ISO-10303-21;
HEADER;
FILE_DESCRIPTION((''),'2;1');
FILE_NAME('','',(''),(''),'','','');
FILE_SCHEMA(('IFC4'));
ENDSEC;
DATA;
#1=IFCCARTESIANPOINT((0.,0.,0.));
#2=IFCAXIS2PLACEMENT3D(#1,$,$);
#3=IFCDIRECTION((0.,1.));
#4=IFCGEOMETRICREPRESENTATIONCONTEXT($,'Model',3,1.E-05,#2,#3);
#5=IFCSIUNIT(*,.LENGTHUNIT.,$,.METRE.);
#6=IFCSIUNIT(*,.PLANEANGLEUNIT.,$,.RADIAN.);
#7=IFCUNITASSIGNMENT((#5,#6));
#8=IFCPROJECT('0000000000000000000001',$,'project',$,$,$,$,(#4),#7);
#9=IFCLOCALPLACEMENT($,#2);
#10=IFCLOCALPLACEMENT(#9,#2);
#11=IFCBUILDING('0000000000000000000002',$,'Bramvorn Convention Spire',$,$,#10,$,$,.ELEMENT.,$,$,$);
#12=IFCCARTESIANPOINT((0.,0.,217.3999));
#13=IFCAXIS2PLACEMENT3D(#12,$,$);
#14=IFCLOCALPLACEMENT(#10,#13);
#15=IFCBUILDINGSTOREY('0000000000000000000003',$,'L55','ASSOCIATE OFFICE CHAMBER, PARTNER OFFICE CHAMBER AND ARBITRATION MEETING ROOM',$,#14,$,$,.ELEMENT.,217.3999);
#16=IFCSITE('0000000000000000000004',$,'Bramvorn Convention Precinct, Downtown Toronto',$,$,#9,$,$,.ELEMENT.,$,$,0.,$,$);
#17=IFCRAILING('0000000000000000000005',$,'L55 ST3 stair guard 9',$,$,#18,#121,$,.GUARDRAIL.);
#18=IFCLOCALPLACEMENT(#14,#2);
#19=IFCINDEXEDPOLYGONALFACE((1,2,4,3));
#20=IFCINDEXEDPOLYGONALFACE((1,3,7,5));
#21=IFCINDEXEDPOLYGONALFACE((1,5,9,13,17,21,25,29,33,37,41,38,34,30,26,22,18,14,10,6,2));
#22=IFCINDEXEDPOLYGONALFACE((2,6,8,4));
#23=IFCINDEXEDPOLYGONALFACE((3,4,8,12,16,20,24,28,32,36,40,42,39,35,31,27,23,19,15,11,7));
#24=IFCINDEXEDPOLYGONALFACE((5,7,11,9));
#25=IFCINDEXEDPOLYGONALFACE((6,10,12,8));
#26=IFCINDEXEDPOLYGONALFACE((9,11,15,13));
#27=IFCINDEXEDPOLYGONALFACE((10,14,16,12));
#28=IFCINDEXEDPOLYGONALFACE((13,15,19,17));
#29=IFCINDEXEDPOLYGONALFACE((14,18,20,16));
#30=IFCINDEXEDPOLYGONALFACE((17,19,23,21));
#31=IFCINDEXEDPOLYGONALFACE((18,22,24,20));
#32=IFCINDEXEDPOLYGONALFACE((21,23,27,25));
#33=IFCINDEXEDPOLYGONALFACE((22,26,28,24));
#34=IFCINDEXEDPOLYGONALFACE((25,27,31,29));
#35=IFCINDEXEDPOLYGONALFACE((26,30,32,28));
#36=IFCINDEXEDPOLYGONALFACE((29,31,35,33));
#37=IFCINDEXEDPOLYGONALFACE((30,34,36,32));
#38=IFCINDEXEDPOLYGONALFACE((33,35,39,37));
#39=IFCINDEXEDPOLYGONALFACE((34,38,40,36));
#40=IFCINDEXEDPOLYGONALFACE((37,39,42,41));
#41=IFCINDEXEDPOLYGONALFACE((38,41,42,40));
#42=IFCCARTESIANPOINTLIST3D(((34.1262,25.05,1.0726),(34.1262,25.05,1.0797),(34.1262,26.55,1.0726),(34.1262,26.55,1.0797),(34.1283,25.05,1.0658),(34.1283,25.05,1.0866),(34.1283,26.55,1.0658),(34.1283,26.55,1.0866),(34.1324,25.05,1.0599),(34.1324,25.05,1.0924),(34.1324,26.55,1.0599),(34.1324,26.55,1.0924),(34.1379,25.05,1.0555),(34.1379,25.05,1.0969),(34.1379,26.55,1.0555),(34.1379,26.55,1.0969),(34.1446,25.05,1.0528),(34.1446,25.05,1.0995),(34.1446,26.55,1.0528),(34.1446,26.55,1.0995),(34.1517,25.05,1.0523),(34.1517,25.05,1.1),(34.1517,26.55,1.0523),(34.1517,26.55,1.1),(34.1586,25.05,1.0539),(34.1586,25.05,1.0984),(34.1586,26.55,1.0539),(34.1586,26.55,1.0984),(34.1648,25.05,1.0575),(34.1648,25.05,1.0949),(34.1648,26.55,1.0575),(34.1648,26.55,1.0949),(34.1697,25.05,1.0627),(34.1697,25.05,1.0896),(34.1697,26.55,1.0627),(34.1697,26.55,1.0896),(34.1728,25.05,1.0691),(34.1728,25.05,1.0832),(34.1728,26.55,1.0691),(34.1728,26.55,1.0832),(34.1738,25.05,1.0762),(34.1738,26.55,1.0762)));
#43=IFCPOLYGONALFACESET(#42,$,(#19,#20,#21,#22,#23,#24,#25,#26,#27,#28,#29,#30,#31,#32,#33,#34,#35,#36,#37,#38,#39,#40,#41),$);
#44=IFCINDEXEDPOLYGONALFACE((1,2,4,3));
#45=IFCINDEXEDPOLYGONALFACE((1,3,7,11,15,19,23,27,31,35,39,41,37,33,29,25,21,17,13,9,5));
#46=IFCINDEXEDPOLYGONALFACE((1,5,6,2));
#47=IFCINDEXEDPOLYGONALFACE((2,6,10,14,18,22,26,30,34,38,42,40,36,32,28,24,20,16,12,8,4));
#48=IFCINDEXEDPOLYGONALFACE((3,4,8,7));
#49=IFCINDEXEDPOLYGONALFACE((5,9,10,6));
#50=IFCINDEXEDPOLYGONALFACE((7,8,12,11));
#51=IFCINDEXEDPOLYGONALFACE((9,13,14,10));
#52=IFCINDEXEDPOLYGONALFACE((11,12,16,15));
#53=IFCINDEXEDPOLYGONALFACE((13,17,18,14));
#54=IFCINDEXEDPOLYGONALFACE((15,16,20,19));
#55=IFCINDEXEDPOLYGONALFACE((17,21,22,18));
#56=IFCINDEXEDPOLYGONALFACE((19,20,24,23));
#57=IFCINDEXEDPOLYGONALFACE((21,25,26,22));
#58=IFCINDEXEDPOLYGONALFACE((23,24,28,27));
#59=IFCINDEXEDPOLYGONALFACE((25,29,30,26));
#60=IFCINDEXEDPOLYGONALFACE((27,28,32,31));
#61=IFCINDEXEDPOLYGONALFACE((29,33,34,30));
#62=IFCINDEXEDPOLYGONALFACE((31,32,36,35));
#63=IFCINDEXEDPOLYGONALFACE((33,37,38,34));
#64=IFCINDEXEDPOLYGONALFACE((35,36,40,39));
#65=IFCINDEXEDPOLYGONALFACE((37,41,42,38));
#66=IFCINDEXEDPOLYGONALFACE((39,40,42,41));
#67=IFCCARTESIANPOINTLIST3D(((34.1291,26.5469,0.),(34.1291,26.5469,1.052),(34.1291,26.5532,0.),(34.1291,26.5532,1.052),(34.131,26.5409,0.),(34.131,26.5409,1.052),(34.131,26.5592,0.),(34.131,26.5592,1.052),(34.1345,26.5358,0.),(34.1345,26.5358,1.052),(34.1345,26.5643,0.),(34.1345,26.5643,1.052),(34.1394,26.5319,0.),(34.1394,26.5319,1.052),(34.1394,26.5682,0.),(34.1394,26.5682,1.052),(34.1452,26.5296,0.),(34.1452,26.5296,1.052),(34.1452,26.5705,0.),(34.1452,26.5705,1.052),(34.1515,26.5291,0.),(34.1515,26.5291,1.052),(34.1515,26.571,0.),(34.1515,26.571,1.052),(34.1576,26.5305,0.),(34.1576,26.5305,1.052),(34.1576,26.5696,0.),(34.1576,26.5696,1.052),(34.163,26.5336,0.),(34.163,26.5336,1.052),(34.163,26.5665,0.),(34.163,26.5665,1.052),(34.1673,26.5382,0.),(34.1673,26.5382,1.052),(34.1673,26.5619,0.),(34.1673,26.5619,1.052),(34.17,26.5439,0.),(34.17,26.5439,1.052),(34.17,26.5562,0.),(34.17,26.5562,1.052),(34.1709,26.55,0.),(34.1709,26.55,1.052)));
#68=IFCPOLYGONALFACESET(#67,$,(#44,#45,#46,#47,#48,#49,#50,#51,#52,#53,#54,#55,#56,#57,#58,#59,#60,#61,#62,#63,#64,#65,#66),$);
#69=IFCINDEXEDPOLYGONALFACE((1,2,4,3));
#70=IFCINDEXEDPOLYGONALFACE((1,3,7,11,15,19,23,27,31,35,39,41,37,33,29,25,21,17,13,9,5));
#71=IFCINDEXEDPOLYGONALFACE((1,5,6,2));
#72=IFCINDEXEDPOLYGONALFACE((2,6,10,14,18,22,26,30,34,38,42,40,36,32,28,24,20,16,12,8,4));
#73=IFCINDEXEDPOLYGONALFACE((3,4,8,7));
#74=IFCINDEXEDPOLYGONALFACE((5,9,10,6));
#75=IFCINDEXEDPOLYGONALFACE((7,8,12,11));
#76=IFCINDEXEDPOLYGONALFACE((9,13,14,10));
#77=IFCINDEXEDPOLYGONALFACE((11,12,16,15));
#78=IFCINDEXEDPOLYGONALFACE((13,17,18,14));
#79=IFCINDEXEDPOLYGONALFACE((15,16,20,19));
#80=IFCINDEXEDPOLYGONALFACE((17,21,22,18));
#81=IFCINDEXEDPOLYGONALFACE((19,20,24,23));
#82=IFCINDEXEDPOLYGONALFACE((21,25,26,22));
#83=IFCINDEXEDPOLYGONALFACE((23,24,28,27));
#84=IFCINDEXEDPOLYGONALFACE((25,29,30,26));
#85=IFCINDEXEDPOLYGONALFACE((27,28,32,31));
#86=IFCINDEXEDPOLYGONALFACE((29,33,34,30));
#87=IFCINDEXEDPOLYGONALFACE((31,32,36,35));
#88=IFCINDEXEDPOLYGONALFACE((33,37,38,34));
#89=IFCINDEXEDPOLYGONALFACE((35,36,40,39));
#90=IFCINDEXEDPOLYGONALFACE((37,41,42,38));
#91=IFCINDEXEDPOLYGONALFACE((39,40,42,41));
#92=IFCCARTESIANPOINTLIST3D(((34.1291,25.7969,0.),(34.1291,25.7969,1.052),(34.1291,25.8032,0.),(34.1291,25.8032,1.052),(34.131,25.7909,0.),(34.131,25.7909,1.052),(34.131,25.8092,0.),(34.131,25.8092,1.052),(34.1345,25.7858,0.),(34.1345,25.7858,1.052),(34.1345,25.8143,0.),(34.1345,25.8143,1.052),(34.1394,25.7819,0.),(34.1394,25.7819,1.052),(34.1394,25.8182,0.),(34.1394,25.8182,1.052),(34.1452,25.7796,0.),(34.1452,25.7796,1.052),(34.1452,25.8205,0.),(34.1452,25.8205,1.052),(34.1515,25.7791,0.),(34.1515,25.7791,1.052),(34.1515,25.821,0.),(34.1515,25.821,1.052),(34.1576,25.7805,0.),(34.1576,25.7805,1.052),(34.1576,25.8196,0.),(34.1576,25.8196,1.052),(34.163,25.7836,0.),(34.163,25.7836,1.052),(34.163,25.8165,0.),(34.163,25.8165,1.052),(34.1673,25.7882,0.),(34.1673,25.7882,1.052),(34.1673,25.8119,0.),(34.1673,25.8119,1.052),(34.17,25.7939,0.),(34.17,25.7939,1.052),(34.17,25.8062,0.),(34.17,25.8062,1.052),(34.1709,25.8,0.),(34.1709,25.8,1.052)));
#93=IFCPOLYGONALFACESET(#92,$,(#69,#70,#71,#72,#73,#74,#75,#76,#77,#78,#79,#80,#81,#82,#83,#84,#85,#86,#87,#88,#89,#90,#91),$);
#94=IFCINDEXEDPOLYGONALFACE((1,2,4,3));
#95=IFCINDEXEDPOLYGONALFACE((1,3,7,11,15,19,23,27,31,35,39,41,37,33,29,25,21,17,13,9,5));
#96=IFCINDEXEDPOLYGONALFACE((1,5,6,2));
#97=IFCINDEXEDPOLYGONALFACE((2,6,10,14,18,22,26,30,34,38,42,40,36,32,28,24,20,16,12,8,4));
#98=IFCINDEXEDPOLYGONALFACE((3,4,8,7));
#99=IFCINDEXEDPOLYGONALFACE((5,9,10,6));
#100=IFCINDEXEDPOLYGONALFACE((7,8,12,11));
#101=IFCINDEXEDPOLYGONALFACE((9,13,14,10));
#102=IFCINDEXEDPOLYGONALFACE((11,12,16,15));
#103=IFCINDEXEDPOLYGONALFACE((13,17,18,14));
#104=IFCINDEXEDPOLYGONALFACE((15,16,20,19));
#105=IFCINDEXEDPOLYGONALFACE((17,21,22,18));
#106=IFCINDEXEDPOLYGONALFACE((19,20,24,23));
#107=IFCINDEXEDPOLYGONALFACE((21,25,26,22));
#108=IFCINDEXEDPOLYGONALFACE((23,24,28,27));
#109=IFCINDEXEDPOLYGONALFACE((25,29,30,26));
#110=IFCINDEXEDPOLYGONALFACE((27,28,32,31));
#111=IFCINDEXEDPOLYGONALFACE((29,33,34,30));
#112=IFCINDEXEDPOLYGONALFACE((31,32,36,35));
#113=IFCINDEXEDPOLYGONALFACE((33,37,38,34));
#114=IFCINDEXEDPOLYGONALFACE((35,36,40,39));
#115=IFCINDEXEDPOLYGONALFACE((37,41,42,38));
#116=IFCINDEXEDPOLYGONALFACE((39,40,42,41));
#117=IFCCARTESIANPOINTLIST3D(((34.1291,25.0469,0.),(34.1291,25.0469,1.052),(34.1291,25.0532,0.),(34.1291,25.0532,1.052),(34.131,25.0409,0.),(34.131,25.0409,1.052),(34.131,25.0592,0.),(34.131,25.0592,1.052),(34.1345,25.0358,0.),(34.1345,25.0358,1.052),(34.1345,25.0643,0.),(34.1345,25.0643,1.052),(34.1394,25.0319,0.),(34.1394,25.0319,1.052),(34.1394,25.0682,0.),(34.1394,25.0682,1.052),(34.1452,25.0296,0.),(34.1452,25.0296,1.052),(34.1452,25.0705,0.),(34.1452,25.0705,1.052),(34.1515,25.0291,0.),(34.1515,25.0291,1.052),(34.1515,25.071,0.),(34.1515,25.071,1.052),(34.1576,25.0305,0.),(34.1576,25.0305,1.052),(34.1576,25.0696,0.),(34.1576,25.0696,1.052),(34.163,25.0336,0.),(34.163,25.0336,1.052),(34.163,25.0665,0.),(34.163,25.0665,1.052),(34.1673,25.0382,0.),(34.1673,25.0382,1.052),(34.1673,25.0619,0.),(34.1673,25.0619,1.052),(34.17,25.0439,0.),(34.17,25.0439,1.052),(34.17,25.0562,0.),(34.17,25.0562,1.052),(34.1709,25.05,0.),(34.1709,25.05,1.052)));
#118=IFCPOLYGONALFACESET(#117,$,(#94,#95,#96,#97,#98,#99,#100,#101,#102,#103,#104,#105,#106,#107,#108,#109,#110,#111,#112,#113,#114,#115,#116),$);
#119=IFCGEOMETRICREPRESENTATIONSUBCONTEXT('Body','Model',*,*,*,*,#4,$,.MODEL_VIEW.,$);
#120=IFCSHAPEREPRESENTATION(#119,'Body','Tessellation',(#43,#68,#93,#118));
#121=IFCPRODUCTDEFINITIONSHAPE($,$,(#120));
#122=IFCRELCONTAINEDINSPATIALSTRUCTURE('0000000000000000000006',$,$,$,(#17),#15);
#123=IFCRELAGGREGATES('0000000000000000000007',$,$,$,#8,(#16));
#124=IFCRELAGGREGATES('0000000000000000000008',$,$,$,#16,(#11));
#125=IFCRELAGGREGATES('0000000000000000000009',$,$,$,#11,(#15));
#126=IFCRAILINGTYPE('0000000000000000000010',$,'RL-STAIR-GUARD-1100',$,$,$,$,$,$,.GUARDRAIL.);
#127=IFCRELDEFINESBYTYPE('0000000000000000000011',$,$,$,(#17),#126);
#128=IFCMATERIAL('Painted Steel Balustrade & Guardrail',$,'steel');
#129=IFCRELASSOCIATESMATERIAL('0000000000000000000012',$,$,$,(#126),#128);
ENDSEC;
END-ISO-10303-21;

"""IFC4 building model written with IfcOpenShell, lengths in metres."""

from ifc_helpers import new_model, si_unit, direction, frame, origin, origin_2d, place, context, subcontext, project, spatial, circle, extrude, material, type_object, element, save


model = new_model("IFC4")

# Units and contexts
model_context = context("Model", 3, precision=1e-05, world=origin(), true_north=direction((0.0, 1.0)))
body_context = subcontext(model_context, "Body", "Model", "MODEL_VIEW")
ifc_project = project(units=[si_unit("LENGTHUNIT", "METRE"), si_unit("PLANEANGLEUNIT", "RADIAN")], contexts=[model_context])

# Site, building, storey
site_placement = place(None, origin())
site = spatial("IfcSite", under=ifc_project, at=site_placement, Name="Bramvorn Convention Precinct, Downtown Toronto", CompositionType="ELEMENT", RefElevation=0.0)
building_placement = place(site_placement, origin())
building = spatial("IfcBuilding", under=site, at=building_placement, Name="Bramvorn Convention Spire", CompositionType="ELEMENT")
storey_placement = place(building_placement, frame((0.0, 0.0, 217.3999)))
storey = spatial("IfcBuildingStorey", under=building, at=storey_placement, Name="L55", Description="ASSOCIATE OFFICE CHAMBER, PARTNER OFFICE CHAMBER AND ARBITRATION MEETING ROOM", CompositionType="ELEMENT", Elevation=217.3999)

# Railing
ifc_material_1 = material(Name="Painted Steel Balustrade & Guardrail", Category="steel")
railing_type_1 = type_object("IfcRailingType", Name="RL-STAIR-GUARD-1100", PredefinedType="GUARDRAIL", material=ifc_material_1)
railing_1_placement = place(storey_placement, frame((34.1499, 26.55, 0.0)))
element("IfcRailing", 1, at=railing_1_placement, inside=storey, type_object=railing_type_1, Name="L55 ST3 stair guard 9", PredefinedType="GUARDRAIL", context=body_context, shape_type="SweptSolid", body=[
    extrude(circle(Radius=0.0239, at=origin_2d()), frame((0.0, 0.0, 1.0762), z_axis=(0.0, -1.0, 0.0), x_axis=(1.0, 0.0, 0.0)), (0.0, 0.0, 1.0), 1.5),
    extrude(circle(Radius=0.021, at=origin_2d()), origin(), (0.0, 0.0, 1.0), 1.052),
    extrude(circle(Radius=0.021, at=origin_2d()), frame((0.0, -0.75, 0.0)), (0.0, 0.0, 1.0), 1.052),
    extrude(circle(Radius=0.021, at=origin_2d()), frame((0.0, -1.5, 0.0)), (0.0, 0.0, 1.0), 1.052),
])

save(model, "model.ifc")
